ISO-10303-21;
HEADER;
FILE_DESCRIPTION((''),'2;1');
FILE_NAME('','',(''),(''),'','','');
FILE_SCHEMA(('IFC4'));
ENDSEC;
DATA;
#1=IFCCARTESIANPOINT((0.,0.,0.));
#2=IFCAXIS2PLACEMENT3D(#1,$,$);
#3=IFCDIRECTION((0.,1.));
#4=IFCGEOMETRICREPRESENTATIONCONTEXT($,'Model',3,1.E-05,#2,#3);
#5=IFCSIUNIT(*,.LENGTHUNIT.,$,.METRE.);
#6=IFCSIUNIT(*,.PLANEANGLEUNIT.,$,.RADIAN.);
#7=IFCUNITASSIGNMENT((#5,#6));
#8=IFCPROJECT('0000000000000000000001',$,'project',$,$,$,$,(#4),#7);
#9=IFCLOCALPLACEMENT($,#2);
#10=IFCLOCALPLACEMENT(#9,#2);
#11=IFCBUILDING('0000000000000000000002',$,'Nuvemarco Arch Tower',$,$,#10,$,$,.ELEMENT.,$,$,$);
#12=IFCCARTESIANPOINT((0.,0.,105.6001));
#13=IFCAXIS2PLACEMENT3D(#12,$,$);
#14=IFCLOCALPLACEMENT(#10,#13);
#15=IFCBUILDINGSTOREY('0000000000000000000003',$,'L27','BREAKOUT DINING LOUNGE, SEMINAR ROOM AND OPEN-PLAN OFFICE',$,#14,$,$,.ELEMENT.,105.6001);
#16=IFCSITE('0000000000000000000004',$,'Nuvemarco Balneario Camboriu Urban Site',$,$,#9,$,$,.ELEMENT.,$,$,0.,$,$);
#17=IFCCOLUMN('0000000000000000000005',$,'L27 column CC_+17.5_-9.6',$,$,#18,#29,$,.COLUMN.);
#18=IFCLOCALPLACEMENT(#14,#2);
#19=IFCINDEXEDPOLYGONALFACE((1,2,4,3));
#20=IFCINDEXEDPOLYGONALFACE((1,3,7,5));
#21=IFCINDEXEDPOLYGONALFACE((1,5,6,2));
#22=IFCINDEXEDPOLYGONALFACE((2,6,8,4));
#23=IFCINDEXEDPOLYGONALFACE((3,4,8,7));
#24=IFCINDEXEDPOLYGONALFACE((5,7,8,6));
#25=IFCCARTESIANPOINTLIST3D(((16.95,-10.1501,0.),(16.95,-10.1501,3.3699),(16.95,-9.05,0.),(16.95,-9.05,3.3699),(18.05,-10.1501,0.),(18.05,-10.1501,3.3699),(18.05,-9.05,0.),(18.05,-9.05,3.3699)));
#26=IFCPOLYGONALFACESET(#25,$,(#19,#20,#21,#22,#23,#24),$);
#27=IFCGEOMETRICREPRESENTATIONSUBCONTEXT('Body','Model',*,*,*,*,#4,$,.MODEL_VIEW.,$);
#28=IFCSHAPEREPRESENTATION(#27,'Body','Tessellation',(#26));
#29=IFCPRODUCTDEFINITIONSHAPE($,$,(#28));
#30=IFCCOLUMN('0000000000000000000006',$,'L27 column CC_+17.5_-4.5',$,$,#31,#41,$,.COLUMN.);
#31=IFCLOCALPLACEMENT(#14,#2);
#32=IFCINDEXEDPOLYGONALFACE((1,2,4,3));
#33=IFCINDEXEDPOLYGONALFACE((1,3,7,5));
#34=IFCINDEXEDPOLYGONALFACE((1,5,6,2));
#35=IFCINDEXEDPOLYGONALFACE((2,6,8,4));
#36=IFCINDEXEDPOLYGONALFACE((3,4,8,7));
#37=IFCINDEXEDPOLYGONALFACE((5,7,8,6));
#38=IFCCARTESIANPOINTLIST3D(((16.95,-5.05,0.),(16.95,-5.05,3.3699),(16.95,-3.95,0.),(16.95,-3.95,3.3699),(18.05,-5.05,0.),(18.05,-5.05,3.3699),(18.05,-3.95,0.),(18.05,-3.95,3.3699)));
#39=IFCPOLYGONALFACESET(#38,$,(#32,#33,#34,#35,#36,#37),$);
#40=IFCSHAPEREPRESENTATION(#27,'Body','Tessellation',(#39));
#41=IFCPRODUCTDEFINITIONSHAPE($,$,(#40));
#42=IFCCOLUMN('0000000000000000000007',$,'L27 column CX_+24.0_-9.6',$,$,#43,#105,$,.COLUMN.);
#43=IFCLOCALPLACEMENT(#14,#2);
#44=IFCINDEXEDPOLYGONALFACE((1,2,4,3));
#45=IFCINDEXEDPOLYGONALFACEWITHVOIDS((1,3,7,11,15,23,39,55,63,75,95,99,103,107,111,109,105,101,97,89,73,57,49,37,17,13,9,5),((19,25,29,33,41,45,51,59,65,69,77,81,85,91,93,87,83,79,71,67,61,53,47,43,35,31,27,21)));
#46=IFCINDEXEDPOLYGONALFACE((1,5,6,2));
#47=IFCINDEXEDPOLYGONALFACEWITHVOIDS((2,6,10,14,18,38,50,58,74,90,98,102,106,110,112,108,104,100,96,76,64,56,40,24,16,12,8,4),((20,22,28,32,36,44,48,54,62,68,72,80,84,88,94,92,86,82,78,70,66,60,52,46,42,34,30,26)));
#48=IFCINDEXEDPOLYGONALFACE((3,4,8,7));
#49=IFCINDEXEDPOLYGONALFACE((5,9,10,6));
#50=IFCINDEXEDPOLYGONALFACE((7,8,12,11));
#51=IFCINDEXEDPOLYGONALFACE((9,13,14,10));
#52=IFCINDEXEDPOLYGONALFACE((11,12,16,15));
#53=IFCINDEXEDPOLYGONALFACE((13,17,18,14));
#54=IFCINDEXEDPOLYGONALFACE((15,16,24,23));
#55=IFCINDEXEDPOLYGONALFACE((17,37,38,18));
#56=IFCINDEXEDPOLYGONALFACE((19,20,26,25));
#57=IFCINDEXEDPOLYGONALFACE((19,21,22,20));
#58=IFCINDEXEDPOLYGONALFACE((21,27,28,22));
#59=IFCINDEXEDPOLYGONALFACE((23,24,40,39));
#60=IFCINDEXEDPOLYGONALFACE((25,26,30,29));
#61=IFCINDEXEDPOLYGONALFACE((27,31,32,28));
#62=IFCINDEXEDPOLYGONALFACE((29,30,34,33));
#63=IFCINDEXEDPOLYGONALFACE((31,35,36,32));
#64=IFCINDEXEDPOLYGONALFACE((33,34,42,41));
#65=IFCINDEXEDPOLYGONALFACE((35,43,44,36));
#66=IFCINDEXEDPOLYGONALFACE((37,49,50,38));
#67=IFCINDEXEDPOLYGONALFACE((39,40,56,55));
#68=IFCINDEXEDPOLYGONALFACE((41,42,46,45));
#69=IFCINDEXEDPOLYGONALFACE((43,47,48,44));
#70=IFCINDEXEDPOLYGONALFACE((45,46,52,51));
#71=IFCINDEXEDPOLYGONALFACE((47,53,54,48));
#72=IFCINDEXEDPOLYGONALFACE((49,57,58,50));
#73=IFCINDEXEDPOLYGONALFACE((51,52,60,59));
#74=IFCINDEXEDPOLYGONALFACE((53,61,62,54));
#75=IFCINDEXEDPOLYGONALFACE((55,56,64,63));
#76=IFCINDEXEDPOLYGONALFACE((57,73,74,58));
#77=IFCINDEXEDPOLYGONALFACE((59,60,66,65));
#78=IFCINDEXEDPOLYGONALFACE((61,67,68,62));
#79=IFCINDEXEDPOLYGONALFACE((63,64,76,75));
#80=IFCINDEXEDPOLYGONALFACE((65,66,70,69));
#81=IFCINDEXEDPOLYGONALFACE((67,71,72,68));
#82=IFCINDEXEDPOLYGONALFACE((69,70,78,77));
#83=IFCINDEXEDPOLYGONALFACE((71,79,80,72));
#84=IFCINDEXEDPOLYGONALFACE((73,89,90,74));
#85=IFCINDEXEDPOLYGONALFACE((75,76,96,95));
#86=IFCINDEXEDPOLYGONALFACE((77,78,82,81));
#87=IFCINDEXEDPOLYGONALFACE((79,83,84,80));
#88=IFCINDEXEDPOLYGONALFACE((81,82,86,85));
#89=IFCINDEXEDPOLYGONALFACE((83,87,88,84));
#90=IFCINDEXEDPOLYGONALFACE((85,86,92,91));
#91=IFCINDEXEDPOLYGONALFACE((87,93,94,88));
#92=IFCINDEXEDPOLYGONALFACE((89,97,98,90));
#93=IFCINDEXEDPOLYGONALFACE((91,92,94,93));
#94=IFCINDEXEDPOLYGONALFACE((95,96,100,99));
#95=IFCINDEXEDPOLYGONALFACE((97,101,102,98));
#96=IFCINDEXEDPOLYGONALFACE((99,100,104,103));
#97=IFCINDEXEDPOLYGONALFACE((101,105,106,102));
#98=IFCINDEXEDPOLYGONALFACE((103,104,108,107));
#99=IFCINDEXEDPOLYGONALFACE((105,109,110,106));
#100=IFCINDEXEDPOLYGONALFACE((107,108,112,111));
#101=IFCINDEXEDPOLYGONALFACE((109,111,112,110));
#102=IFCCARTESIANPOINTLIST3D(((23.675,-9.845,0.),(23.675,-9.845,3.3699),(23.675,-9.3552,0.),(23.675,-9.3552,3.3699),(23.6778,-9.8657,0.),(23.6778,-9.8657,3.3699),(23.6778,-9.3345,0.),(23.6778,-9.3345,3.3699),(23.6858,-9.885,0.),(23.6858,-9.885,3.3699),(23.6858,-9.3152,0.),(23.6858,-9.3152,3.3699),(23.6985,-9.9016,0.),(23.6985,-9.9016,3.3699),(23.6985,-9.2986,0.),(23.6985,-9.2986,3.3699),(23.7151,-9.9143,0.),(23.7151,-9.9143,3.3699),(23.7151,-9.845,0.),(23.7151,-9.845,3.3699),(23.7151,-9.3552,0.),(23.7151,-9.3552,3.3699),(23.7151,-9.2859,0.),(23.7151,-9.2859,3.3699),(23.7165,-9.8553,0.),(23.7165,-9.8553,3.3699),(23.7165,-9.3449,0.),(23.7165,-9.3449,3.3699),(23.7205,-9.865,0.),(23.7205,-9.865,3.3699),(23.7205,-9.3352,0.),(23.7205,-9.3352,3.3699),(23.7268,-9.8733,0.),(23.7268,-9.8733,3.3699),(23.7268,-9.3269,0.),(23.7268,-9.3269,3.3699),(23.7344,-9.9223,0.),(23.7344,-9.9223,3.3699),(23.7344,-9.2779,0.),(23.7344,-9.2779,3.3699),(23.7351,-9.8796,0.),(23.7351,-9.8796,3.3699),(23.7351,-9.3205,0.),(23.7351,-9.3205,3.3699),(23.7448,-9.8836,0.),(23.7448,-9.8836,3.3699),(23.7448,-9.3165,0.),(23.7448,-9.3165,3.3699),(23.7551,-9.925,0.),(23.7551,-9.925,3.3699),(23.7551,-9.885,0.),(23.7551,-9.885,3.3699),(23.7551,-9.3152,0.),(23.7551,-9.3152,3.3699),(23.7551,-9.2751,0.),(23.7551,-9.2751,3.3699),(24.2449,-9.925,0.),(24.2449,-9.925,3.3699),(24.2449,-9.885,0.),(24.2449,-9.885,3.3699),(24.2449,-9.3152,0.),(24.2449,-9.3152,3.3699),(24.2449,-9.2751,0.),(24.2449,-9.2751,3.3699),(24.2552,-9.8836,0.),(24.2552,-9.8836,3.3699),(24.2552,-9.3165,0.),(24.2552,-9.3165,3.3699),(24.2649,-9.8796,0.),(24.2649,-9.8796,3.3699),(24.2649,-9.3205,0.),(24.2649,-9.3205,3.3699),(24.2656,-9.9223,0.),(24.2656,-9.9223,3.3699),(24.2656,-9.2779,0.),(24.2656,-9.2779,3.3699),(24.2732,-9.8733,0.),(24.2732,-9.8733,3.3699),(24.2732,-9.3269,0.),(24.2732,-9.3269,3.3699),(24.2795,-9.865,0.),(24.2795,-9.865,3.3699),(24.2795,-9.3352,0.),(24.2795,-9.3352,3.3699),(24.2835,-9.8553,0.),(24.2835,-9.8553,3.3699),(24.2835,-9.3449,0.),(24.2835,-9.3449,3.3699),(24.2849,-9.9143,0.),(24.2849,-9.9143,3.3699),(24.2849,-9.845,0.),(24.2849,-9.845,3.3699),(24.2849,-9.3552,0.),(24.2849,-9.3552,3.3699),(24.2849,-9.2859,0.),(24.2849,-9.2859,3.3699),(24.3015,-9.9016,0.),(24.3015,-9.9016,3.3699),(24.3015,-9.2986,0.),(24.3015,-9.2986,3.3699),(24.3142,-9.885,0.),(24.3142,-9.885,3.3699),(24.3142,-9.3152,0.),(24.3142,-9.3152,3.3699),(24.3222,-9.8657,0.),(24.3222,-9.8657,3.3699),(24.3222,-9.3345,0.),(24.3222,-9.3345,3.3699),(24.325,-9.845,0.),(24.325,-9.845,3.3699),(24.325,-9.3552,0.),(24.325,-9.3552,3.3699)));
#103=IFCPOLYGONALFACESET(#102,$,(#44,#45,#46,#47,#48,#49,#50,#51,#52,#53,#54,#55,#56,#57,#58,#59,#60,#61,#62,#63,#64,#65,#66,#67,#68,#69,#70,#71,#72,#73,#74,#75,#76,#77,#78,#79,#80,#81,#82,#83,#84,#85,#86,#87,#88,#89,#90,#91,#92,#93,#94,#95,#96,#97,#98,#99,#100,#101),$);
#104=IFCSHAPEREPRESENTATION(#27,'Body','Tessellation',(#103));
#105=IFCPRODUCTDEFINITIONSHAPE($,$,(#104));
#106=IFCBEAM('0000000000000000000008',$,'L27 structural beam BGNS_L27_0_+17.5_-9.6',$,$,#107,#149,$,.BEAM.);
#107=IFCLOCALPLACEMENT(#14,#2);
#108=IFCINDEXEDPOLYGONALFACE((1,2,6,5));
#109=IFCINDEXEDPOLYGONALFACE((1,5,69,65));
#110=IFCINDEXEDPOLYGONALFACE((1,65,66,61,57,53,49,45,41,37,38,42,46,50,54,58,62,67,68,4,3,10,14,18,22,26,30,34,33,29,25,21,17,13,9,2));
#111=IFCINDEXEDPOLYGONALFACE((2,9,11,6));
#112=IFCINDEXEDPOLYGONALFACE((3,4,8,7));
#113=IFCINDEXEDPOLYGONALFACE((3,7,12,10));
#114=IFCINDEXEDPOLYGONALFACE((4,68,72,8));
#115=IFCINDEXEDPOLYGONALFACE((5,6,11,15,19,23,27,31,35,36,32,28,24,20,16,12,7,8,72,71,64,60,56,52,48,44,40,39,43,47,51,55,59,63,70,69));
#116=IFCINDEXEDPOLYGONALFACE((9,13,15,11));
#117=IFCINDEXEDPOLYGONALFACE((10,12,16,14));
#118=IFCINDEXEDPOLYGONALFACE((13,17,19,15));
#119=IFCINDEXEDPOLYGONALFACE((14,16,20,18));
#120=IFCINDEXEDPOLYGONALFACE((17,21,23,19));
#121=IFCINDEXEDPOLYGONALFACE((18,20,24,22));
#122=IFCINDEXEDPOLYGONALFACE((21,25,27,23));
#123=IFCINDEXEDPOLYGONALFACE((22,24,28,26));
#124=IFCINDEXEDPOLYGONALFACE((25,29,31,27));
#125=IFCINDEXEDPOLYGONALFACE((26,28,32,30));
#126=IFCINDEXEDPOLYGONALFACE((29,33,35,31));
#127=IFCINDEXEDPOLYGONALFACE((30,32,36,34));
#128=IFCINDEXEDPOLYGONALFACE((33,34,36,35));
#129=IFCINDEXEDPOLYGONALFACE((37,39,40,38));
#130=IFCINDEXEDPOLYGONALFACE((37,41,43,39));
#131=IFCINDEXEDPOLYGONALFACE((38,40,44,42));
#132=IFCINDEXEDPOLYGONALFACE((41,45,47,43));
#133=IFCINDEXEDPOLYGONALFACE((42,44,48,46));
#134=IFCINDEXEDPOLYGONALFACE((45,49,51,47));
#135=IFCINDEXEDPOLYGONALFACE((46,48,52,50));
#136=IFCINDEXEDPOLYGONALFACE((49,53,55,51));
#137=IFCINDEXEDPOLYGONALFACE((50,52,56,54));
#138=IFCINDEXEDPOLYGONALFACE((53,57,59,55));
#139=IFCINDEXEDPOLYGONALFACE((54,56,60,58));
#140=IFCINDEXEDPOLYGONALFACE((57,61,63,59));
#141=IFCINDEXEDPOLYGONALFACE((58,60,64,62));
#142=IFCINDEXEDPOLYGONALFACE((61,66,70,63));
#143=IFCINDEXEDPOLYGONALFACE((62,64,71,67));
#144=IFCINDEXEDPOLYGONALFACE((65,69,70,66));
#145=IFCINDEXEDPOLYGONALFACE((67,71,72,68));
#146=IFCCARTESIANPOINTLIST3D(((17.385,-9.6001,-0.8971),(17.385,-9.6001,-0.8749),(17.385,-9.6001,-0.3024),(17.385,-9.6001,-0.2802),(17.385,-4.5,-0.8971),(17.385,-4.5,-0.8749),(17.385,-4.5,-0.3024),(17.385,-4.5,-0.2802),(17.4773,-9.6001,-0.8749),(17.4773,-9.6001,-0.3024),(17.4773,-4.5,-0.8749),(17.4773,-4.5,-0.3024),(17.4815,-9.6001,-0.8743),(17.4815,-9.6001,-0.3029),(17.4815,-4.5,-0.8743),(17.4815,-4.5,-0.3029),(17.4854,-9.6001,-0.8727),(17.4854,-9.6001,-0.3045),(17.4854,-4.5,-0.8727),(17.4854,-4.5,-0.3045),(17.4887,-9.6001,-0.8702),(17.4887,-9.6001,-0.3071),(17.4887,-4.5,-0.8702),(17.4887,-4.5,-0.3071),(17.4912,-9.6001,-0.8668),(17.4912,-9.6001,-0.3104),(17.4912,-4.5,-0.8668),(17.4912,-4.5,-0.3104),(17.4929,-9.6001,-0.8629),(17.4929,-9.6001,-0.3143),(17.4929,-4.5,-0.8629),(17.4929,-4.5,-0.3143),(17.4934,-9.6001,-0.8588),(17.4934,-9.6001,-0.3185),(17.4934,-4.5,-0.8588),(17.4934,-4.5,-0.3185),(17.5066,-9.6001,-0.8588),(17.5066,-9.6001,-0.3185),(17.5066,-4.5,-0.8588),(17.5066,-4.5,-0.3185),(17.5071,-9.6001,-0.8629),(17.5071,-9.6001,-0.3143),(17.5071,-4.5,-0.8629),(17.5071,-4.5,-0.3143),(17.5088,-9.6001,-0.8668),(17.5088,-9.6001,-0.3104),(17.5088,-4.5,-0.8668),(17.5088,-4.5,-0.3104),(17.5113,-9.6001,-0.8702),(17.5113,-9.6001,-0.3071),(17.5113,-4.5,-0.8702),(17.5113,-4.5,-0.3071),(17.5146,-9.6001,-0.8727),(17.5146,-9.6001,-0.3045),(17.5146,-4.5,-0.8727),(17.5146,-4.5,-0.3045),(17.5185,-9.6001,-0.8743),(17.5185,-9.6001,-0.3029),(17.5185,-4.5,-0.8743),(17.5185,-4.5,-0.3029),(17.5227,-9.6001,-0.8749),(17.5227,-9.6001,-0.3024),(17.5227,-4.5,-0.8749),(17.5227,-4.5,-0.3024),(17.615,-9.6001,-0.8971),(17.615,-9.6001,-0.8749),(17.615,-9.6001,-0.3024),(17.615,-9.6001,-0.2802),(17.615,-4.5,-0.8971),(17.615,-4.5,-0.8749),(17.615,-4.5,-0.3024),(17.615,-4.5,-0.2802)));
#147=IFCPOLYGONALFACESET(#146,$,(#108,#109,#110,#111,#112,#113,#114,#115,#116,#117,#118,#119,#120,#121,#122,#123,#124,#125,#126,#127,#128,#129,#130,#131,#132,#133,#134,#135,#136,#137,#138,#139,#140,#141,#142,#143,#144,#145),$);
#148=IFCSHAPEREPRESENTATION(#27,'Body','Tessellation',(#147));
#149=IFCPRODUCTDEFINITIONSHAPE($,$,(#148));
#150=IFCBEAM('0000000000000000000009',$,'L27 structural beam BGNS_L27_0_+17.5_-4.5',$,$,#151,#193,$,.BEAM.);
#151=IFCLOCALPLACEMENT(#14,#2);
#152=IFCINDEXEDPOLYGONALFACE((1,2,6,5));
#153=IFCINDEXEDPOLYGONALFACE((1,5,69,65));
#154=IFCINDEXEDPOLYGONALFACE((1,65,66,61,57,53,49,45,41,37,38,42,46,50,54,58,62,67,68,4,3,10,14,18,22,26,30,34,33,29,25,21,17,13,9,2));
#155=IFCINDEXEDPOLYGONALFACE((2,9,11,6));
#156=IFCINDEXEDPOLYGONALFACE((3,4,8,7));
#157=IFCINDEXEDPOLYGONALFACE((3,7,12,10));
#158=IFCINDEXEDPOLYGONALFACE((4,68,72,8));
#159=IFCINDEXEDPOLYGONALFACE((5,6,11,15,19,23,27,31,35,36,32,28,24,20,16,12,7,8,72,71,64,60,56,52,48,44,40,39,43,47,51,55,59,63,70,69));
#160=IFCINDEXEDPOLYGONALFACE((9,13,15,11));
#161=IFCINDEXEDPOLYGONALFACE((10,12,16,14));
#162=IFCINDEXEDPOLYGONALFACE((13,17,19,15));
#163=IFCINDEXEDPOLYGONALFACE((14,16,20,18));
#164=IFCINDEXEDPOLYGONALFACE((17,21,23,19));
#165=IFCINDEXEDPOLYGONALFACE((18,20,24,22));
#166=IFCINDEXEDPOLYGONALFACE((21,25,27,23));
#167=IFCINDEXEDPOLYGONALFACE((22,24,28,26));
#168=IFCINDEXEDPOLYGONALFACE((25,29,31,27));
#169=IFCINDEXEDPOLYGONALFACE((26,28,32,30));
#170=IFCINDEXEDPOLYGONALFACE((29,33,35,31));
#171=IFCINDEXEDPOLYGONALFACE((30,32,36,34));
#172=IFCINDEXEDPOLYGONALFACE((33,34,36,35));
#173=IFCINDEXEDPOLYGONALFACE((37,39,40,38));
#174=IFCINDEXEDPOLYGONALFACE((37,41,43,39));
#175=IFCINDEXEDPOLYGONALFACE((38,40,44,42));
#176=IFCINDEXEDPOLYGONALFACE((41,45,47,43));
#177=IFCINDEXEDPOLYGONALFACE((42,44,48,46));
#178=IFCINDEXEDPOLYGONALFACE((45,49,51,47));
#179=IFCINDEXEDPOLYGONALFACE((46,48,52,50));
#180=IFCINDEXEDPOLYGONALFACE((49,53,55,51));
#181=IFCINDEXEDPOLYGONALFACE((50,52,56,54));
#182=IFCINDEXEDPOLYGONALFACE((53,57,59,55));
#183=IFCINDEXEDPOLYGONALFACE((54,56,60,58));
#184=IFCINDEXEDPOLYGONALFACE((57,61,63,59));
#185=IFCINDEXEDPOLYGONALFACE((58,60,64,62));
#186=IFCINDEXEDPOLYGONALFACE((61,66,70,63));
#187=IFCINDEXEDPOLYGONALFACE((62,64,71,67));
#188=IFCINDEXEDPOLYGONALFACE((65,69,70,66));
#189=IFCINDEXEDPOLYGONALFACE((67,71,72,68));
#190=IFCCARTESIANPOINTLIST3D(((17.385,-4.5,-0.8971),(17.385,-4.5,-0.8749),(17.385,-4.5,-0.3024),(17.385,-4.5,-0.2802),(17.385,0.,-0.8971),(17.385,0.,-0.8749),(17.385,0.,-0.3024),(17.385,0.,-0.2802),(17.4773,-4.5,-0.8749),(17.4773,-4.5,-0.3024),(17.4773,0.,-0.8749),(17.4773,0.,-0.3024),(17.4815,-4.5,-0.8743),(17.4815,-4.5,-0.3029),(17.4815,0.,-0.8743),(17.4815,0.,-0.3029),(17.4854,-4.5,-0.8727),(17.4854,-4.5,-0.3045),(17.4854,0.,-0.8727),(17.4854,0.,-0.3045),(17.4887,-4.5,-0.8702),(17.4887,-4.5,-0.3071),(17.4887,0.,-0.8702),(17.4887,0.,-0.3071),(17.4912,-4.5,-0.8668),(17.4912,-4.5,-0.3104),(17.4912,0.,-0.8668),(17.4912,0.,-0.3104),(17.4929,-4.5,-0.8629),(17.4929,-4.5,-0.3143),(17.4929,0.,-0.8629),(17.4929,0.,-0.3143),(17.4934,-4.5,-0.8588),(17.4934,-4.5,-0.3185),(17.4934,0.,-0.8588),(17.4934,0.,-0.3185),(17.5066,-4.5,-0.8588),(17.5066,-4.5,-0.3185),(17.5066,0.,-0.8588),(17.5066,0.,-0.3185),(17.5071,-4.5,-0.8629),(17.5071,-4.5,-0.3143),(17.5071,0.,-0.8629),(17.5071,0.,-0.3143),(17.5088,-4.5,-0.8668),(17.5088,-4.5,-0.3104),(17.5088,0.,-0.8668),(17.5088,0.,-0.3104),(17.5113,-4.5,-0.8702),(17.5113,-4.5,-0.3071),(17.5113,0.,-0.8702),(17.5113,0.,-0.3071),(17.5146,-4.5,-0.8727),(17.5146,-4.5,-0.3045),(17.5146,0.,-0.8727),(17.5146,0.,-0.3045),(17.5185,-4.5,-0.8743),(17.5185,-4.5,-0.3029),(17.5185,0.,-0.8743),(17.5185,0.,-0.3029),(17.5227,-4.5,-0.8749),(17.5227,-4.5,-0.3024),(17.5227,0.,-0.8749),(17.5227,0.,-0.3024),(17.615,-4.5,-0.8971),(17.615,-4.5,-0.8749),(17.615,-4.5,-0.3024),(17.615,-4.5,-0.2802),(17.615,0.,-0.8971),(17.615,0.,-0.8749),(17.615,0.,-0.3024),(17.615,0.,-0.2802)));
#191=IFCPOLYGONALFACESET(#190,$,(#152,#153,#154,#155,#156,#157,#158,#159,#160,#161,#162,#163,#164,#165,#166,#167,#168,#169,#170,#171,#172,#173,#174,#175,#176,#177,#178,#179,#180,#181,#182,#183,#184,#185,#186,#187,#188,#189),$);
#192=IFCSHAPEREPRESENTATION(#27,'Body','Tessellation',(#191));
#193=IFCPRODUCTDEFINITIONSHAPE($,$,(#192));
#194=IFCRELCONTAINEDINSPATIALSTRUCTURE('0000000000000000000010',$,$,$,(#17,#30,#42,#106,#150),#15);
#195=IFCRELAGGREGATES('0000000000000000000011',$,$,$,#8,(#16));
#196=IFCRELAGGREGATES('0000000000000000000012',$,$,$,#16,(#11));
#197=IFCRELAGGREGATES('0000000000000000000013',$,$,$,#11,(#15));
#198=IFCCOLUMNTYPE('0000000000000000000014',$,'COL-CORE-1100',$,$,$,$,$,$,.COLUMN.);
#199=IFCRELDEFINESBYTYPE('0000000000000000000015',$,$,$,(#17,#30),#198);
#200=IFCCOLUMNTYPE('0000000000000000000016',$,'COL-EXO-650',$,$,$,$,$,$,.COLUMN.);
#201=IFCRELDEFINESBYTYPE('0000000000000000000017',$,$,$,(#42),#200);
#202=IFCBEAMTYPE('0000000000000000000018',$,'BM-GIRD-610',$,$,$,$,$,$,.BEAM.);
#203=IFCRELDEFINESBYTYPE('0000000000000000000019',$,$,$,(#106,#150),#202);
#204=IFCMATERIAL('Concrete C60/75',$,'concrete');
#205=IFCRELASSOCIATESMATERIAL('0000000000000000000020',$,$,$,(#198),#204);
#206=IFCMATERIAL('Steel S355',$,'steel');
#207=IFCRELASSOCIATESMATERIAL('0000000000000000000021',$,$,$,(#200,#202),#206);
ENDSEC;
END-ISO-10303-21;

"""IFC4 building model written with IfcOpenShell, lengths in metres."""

from ifc_helpers import new_model, si_unit, direction, frame, origin, origin_2d, place, context, subcontext, project, spatial, rectangle, hollow_rectangle, i_section, extrude, material, material_profile, profile_set, type_object, element, save


model = new_model("IFC4")

# Units and contexts
model_context = context("Model", 3, precision=1e-05, world=origin(), true_north=direction((0.0, 1.0)))
body_context = subcontext(model_context, "Body", "Model", "MODEL_VIEW")
ifc_project = project(units=[si_unit("LENGTHUNIT", "METRE"), si_unit("PLANEANGLEUNIT", "RADIAN")], contexts=[model_context])

# Site, building, storey
site_placement = place(None, origin())
site = spatial("IfcSite", under=ifc_project, at=site_placement, Name="Nuvemarco Balneario Camboriu Urban Site", CompositionType="ELEMENT", RefElevation=0.0)
building_placement = place(site_placement, origin())
building = spatial("IfcBuilding", under=site, at=building_placement, Name="Nuvemarco Arch Tower", CompositionType="ELEMENT")
storey_placement = place(building_placement, frame((0.0, 0.0, 105.6001)))
storey = spatial("IfcBuildingStorey", under=building, at=storey_placement, Name="L27", Description="BREAKOUT DINING LOUNGE, SEMINAR ROOM AND OPEN-PLAN OFFICE", CompositionType="ELEMENT", Elevation=105.6001)

# Columns
ifc_material_1 = material(Name="Concrete C60/75", Category="concrete")
ifc_material_profile_1 = material_profile(ifc_material_1, rectangle(XDim=1.1001, YDim=1.1001, at=origin_2d()), Name="RC-COL-1100x1100")
ifc_profile_set_1 = profile_set([ifc_material_profile_1], Name="Concrete C60/75")
column_type_1 = type_object("IfcColumnType", Name="COL-CORE-1100", PredefinedType="COLUMN", material=ifc_profile_set_1)
for number, where, z_axis, x_axis, name in (
    (1, (17.5, -9.6001, 0.0), (0.0, 0.0, 1.0), (1.0, 0.0, 0.0), "L27 column CC_+17.5_-9.6"),
    (2, (17.5, -4.5, 0.0), (0.0, 0.0, 1.0), (1.0, 0.0, 0.0), "L27 column CC_+17.5_-4.5"),
):
    element("IfcColumn", number, at=place(storey_placement, frame(where, z_axis=z_axis, x_axis=x_axis)), inside=storey, type_object=column_type_1, Name=name, PredefinedType="COLUMN", context=body_context, shape_type="SweptSolid", body=[
        extrude(rectangle(XDim=1.1001, YDim=1.1001, at=origin_2d()), origin(), (0.0, 0.0, 1.0), 3.3699),
    ])
ifc_material_2 = material(Name="Steel S355", Category="steel")
ifc_material_profile_2 = material_profile(ifc_material_2, hollow_rectangle(XDim=0.6499, YDim=0.6499, WallThickness=0.04, InnerFilletRadius=0.04, OuterFilletRadius=0.0801, at=origin_2d()), Name="SHS650x650x40")
ifc_profile_set_2 = profile_set([ifc_material_profile_2], Name="Steel S355")
column_type_2 = type_object("IfcColumnType", Name="COL-EXO-650", PredefinedType="COLUMN", material=ifc_profile_set_2)
column_placement = place(storey_placement, frame((24.0, -9.6001, 0.0), z_axis=(0.0, 0.0, 1.0), x_axis=(1.0, 0.0, 0.0)))
element("IfcColumn", 3, at=column_placement, inside=storey, type_object=column_type_2, Name="L27 column CX_+24.0_-9.6", PredefinedType="COLUMN", context=body_context, shape_type="SweptSolid", body=[
    extrude(hollow_rectangle(XDim=0.6499, YDim=0.6499, WallThickness=0.04, InnerFilletRadius=0.04, OuterFilletRadius=0.0801, at=origin_2d()), origin(), (0.0, 0.0, 1.0), 3.3699),
])

# Beams
ifc_material_profile_3 = material_profile(ifc_material_2, i_section(OverallWidth=0.23, OverallDepth=0.6169, WebThickness=0.0132, FlangeThickness=0.0222, FilletRadius=0.0161, at=origin_2d()), Name="W610x140")
ifc_profile_set_3 = profile_set([ifc_material_profile_3], Name="Steel S355")
beam_type_1 = type_object("IfcBeamType", Name="BM-GIRD-610", PredefinedType="BEAM", material=ifc_profile_set_3)
beam_1_placement = place(storey_placement, frame((17.5, -9.6001, -0.5886), z_axis=(0.0, 1.0, 0.0), x_axis=(-1.0, 0.0, 0.0)))
element("IfcBeam", 4, at=beam_1_placement, inside=storey, type_object=beam_type_1, Name="L27 structural beam BGNS_L27_0_+17.5_-9.6", PredefinedType="BEAM", context=body_context, shape_type="SweptSolid", body=[
    extrude(i_section(OverallWidth=0.23, OverallDepth=0.6169, WebThickness=0.0132, FlangeThickness=0.0222, FilletRadius=0.0161, at=origin_2d()), origin(), (0.0, 0.0, 1.0), 5.1001),
])
beam_2_placement = place(storey_placement, frame((17.5, -4.5, -0.5886), z_axis=(0.0, 1.0, 0.0), x_axis=(-1.0, 0.0, 0.0)))
element("IfcBeam", 5, at=beam_2_placement, inside=storey, type_object=beam_type_1, Name="L27 structural beam BGNS_L27_0_+17.5_-4.5", PredefinedType="BEAM", context=body_context, shape_type="SweptSolid", body=[
    extrude(i_section(OverallWidth=0.23, OverallDepth=0.6169, WebThickness=0.0132, FlangeThickness=0.0222, FilletRadius=0.0161, at=origin_2d()), origin(), (0.0, 0.0, 1.0), 4.5),
])

save(model, "model.ifc")
